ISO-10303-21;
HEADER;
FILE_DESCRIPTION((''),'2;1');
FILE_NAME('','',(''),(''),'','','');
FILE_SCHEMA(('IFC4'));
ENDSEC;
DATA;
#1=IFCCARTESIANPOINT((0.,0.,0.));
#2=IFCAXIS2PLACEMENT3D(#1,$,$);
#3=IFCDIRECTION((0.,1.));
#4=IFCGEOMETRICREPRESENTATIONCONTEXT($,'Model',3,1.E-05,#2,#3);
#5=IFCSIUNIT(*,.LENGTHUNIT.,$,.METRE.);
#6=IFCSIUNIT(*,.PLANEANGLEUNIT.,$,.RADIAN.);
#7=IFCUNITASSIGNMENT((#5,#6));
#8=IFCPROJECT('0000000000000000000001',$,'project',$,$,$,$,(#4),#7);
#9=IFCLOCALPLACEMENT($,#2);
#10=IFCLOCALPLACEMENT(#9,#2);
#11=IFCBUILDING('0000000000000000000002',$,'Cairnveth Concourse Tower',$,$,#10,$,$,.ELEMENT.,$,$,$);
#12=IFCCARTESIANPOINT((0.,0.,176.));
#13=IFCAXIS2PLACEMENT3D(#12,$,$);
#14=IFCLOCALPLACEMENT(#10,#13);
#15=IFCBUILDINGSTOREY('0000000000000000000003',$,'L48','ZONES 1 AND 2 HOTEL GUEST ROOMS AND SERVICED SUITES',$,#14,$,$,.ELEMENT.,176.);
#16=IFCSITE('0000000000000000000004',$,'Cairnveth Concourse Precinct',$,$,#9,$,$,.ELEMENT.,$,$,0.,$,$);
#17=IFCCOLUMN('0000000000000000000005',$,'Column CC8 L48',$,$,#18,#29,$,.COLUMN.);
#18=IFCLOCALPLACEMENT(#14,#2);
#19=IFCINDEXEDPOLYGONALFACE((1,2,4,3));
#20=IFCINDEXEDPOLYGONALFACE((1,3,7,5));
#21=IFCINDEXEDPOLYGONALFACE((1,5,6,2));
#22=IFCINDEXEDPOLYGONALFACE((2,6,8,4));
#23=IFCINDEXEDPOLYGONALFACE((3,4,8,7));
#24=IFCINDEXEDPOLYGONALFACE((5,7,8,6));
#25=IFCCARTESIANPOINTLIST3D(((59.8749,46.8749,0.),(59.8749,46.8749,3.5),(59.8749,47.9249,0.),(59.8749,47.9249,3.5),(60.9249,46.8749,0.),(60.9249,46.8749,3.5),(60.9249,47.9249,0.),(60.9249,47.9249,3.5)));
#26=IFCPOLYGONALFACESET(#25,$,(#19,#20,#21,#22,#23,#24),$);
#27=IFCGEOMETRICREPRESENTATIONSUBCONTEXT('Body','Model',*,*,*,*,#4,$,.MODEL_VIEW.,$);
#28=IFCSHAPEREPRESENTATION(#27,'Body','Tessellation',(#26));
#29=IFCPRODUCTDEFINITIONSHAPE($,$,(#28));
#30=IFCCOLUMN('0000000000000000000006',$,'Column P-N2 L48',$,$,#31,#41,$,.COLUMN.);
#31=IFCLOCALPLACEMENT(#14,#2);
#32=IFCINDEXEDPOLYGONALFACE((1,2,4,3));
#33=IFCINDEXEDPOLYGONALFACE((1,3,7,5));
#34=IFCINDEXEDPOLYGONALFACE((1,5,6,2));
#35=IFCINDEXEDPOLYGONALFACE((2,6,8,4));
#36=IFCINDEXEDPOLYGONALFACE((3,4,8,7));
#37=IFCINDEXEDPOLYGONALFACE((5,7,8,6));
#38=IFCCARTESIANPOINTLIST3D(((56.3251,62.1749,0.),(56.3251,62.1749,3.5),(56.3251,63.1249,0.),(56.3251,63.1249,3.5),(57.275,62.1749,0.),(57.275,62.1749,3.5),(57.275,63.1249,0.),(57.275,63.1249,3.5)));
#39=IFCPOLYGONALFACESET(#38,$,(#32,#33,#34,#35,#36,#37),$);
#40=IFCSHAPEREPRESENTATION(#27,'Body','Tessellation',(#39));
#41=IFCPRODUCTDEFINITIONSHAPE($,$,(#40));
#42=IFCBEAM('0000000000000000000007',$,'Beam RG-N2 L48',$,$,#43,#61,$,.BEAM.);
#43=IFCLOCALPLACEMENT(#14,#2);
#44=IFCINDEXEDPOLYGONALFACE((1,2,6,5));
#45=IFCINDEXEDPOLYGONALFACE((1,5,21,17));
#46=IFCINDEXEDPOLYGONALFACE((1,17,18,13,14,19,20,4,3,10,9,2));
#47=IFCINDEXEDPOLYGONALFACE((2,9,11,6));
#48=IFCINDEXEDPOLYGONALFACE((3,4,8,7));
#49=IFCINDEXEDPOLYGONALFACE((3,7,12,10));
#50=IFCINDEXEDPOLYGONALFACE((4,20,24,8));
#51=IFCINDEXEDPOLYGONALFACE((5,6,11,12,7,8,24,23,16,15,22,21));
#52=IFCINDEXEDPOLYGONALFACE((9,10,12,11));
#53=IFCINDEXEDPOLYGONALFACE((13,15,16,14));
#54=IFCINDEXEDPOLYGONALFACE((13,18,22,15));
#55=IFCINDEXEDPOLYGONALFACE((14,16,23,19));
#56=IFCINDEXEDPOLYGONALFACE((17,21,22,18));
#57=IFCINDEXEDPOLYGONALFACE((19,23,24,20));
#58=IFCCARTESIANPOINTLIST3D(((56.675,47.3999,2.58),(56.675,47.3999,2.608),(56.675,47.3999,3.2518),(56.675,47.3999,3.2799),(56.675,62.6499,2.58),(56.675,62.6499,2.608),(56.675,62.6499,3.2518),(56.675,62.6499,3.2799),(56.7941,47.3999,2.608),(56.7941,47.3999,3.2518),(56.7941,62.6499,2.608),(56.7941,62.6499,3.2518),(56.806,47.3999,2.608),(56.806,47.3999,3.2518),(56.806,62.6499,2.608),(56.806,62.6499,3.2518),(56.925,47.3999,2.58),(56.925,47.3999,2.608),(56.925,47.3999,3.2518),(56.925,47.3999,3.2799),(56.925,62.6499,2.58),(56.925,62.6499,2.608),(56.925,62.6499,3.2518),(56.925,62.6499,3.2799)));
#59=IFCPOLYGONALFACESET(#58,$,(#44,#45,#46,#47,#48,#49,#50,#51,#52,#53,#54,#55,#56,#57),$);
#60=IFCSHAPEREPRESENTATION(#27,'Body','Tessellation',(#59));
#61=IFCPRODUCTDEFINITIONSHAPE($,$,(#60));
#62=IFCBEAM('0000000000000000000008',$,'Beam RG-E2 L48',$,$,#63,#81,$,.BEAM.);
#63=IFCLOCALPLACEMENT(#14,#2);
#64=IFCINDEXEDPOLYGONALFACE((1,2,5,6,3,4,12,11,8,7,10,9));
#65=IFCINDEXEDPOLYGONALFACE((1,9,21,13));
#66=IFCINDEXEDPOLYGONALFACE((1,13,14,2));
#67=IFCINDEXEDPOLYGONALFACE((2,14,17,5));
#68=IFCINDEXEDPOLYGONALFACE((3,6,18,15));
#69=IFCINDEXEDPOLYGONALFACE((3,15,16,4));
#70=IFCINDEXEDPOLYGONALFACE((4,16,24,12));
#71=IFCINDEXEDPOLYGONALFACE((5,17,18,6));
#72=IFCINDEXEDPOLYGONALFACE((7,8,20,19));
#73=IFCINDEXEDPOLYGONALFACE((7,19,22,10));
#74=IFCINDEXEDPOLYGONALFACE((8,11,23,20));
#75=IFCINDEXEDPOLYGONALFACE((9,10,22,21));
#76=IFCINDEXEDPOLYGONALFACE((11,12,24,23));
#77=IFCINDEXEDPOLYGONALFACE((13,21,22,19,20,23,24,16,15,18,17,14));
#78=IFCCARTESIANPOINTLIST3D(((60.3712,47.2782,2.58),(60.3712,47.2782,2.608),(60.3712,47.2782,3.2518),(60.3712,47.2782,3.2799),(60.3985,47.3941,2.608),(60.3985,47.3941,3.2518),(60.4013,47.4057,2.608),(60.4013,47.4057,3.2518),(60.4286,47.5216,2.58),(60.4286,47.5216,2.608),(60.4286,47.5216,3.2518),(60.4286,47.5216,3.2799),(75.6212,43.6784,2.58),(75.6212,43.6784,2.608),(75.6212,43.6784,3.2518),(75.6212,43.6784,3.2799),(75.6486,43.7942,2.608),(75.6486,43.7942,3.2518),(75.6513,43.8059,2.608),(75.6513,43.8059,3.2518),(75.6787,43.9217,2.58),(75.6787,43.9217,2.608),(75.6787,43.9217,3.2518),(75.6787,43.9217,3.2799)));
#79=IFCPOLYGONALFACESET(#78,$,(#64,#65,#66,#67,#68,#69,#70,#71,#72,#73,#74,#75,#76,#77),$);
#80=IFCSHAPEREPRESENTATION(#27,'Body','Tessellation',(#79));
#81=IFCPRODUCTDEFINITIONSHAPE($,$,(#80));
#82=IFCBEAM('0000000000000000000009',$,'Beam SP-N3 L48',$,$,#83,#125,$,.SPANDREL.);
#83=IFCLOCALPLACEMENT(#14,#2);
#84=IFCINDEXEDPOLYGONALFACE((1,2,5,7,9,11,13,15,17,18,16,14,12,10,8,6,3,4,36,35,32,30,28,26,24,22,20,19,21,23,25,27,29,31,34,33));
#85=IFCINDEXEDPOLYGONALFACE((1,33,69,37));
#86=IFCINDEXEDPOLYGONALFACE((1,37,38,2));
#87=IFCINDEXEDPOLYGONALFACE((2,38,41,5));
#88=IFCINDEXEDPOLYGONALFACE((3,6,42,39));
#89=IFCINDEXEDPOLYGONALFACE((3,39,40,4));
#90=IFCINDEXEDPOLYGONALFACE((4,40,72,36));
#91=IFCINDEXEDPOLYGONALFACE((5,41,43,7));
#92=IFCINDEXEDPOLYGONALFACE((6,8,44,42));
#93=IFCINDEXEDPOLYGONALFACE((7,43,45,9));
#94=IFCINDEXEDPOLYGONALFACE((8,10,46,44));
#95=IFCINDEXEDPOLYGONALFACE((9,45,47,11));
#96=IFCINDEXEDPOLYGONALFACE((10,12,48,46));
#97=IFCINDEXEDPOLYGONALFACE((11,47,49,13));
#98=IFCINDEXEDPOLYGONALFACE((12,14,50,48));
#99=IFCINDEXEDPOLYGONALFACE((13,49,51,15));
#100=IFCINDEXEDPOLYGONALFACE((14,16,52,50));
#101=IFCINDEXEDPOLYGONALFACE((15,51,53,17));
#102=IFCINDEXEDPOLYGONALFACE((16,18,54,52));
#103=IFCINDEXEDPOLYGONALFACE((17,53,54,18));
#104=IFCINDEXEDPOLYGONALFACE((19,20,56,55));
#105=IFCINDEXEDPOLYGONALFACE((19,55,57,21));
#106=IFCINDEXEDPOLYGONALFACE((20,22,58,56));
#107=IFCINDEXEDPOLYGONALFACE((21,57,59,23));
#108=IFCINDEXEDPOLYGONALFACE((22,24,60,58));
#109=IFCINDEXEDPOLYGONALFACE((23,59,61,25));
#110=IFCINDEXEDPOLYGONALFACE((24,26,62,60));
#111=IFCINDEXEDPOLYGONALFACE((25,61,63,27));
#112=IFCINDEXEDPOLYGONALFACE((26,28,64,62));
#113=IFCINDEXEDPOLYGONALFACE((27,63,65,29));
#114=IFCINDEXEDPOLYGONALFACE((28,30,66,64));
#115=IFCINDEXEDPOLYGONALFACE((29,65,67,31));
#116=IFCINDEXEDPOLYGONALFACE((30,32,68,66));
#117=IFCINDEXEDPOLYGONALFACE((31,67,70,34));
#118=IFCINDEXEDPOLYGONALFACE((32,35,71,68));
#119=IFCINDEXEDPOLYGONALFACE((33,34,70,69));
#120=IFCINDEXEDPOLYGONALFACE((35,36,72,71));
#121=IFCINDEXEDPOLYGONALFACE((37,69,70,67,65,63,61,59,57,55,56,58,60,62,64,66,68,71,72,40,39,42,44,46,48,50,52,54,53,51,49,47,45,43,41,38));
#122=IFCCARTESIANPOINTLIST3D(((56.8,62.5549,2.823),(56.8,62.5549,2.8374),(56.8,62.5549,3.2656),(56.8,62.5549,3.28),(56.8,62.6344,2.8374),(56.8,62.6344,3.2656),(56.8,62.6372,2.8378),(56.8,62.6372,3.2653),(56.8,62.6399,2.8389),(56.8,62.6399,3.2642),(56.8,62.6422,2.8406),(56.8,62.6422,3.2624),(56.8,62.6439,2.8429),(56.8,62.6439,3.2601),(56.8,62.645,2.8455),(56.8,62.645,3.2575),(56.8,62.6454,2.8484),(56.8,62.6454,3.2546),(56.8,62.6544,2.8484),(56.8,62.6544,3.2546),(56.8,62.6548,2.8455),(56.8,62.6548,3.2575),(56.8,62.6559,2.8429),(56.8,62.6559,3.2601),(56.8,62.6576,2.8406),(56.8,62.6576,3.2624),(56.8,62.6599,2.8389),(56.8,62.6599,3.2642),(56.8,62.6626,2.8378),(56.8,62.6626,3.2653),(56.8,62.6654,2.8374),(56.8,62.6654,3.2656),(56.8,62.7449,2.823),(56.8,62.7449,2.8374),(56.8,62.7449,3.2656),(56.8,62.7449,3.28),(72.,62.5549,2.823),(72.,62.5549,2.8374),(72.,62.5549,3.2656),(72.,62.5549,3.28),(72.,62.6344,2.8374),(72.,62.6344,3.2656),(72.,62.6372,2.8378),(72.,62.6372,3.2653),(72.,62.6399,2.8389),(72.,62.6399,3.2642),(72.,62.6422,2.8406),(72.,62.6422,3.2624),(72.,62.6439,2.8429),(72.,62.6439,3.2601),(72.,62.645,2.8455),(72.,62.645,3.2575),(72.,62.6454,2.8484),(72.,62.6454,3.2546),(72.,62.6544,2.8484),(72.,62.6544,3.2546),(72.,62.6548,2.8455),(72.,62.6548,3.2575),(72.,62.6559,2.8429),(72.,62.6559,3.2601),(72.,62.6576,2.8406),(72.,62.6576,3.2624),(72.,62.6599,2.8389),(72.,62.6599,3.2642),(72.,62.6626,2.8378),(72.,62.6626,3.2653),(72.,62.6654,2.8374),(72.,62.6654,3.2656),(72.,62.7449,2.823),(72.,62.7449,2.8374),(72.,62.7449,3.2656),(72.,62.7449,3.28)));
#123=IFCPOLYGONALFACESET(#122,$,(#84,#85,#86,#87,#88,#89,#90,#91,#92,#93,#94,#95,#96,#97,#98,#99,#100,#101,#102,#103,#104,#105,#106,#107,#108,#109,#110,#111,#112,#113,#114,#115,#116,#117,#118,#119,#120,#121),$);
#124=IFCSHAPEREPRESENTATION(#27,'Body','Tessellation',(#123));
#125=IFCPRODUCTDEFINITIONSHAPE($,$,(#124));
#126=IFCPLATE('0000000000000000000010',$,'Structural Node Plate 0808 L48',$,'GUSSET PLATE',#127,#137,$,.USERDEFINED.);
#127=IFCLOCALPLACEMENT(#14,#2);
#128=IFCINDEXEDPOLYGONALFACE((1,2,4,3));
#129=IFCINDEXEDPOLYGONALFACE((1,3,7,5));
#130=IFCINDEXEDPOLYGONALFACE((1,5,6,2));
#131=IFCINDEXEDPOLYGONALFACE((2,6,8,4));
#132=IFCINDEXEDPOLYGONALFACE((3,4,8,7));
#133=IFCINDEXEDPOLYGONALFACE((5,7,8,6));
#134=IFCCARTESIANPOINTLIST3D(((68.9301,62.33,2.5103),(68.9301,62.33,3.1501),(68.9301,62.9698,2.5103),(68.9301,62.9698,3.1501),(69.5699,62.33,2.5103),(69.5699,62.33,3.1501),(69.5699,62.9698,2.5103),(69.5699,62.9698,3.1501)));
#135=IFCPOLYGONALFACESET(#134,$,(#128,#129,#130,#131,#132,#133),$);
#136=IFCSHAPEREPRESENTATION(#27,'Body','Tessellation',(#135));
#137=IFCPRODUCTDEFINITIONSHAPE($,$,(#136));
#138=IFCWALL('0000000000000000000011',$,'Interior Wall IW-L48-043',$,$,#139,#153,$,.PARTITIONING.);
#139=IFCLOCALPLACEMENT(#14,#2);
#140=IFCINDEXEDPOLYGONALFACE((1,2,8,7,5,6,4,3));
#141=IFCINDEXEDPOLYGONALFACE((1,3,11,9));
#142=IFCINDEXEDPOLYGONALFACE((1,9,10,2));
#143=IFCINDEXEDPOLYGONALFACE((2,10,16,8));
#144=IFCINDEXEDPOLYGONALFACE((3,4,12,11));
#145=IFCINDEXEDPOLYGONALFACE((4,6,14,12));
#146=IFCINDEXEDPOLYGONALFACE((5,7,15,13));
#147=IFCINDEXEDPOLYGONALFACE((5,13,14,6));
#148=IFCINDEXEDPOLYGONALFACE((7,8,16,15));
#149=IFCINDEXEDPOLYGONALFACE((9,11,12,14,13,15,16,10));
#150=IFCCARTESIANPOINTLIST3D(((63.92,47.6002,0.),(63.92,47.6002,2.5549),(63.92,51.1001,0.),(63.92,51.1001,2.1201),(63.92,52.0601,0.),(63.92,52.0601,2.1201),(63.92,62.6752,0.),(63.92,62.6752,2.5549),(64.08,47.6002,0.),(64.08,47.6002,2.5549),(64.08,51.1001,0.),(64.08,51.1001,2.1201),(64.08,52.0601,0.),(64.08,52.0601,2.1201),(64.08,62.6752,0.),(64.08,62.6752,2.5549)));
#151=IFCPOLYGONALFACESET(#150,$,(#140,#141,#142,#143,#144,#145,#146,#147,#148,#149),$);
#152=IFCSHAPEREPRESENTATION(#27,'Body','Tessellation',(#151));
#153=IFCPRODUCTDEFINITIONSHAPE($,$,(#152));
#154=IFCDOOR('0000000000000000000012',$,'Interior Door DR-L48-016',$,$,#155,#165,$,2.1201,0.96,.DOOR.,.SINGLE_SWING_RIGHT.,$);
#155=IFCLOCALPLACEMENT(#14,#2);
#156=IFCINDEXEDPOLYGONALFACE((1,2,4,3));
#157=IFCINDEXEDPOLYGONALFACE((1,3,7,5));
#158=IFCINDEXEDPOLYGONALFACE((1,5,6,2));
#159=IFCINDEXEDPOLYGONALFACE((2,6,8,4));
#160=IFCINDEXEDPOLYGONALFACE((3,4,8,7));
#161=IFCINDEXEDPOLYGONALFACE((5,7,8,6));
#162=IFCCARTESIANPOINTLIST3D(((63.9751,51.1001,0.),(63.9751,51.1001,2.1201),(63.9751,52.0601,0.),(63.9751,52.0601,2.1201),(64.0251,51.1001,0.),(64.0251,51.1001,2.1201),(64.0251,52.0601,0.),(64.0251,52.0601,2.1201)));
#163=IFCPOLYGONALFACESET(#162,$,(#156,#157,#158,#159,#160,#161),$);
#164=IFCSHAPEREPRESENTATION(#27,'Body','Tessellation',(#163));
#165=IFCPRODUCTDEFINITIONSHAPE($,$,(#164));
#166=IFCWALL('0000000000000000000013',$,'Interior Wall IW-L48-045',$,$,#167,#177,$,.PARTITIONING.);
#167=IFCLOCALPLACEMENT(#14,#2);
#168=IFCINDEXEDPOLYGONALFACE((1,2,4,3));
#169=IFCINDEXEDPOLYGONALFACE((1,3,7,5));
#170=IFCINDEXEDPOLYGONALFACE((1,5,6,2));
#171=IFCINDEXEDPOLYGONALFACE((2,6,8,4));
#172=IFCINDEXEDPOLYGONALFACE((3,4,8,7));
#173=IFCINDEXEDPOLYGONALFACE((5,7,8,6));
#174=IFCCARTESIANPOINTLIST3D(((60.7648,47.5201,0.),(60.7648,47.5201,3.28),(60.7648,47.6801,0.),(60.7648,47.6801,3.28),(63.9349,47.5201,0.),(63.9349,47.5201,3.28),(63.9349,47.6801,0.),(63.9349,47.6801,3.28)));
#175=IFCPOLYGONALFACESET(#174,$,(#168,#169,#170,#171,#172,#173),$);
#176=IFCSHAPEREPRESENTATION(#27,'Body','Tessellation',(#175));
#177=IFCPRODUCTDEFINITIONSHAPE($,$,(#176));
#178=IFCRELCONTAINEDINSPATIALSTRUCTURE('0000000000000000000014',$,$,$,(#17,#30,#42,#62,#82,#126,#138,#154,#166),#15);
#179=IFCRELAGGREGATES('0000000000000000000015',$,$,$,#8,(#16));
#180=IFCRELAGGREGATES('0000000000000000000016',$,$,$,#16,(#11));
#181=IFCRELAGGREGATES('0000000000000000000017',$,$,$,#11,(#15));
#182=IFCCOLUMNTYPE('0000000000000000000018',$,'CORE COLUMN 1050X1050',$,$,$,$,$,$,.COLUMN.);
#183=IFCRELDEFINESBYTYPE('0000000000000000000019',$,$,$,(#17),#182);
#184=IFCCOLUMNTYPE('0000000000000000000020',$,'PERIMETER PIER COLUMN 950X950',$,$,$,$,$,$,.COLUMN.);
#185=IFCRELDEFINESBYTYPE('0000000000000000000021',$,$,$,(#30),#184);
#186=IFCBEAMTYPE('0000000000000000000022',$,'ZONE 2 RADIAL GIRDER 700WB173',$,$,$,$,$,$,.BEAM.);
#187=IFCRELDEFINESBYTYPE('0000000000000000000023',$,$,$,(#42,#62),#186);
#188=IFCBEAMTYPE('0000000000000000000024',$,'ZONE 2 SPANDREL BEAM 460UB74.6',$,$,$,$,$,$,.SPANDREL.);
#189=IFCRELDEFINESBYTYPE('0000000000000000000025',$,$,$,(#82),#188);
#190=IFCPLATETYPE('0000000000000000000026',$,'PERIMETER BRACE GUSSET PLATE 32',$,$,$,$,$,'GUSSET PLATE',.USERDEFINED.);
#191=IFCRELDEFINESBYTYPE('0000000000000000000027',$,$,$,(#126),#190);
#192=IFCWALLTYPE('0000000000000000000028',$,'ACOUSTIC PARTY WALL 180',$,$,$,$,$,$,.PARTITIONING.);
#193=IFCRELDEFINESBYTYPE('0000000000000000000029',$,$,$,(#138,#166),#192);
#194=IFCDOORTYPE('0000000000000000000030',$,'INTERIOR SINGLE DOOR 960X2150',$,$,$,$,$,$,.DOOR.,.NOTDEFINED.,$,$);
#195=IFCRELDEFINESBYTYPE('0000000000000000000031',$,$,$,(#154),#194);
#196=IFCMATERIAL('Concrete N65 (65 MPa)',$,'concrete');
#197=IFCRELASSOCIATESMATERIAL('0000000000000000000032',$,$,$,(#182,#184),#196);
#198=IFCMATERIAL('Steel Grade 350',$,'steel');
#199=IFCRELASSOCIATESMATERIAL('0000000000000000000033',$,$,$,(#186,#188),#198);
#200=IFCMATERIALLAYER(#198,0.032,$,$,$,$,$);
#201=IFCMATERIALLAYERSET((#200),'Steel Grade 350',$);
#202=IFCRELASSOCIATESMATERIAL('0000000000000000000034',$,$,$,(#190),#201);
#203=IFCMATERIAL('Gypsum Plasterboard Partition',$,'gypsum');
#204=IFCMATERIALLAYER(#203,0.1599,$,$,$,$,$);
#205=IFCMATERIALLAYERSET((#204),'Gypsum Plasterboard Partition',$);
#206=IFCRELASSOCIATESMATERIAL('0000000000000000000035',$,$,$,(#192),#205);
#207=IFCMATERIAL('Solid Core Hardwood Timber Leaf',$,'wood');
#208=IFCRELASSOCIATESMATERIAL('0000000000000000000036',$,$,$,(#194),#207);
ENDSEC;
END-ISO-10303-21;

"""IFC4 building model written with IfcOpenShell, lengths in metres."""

from ifc_helpers import new_model, si_unit, direction, frame, frame_2d, origin, origin_2d, place, context, subcontext, project, spatial, rectangle, i_section, extrude, material, layer, layer_set, material_profile, profile_set, type_object, element, fill, save


model = new_model("IFC4")

# Units and contexts
model_context = context("Model", 3, precision=1e-05, world=origin(), true_north=direction((0.0, 1.0)))
body_context = subcontext(model_context, "Body", "Model", "MODEL_VIEW")
ifc_project = project(units=[si_unit("LENGTHUNIT", "METRE"), si_unit("PLANEANGLEUNIT", "RADIAN")], contexts=[model_context])

# Site, building, storey
site_placement = place(None, origin())
site = spatial("IfcSite", under=ifc_project, at=site_placement, Name="Cairnveth Concourse Precinct", CompositionType="ELEMENT", RefElevation=0.0)
building_placement = place(site_placement, origin())
building = spatial("IfcBuilding", under=site, at=building_placement, Name="Cairnveth Concourse Tower", CompositionType="ELEMENT")
storey_placement = place(building_placement, frame((0.0, 0.0, 176.0)))
storey = spatial("IfcBuildingStorey", under=building, at=storey_placement, Name="L48", Description="ZONES 1 AND 2 HOTEL GUEST ROOMS AND SERVICED SUITES", CompositionType="ELEMENT", Elevation=176.0)

# Columns
ifc_material_1 = material(Name="Concrete N65 (65 MPa)", Category="concrete")
ifc_material_profile_1 = material_profile(ifc_material_1, rectangle(XDim=1.05, YDim=1.05, at=origin_2d()), Name="RC-COL-1050x1050")
ifc_profile_set_1 = profile_set([ifc_material_profile_1], Name="Concrete N65 (65 MPa)")
column_type_1 = type_object("IfcColumnType", Name="CORE COLUMN 1050X1050", PredefinedType="COLUMN", material=ifc_profile_set_1)
column_1_placement = place(storey_placement, frame((60.3999, 47.3999, 0.0), z_axis=(0.0, 0.0, 1.0), x_axis=(1.0, 0.0, 0.0)))
element("IfcColumn", 1, at=column_1_placement, inside=storey, type_object=column_type_1, Name="Column CC8 L48", PredefinedType="COLUMN", context=body_context, shape_type="SweptSolid", body=[
    extrude(rectangle(XDim=1.05, YDim=1.05, at=origin_2d()), origin(), (0.0, 0.0, 1.0), 3.5),
])
ifc_material_profile_2 = material_profile(ifc_material_1, rectangle(XDim=0.95, YDim=0.95, at=origin_2d()), Name="RC-COL-950x950")
ifc_profile_set_2 = profile_set([ifc_material_profile_2], Name="Concrete N65 (65 MPa)")
column_type_2 = type_object("IfcColumnType", Name="PERIMETER PIER COLUMN 950X950", PredefinedType="COLUMN", material=ifc_profile_set_2)
column_2_placement = place(storey_placement, frame((56.8, 62.6499, 0.0), z_axis=(0.0, 0.0, 1.0), x_axis=(1.0, 0.0, 0.0)))
element("IfcColumn", 2, at=column_2_placement, inside=storey, type_object=column_type_2, Name="Column P-N2 L48", PredefinedType="COLUMN", context=body_context, shape_type="SweptSolid", body=[
    extrude(rectangle(XDim=0.95, YDim=0.95, at=origin_2d()), origin(), (0.0, 0.0, 1.0), 3.5),
])

# Beams
ifc_material_2 = material(Name="Steel Grade 350", Category="steel")
ifc_material_profile_3 = material_profile(ifc_material_2, i_section(OverallWidth=0.25, OverallDepth=0.7, WebThickness=0.012, FlangeThickness=0.0281, at=origin_2d()), Name="700WB173")
ifc_profile_set_3 = profile_set([ifc_material_profile_3], Name="Steel Grade 350")
beam_type_1 = type_object("IfcBeamType", Name="ZONE 2 RADIAL GIRDER 700WB173", PredefinedType="BEAM", material=ifc_profile_set_3)
beam_1_placement = place(storey_placement, frame((56.8, 47.3999, 2.9299), z_axis=(0.0, 1.0, 0.0), x_axis=(-1.0, 0.0, 0.0)))
element("IfcBeam", 3, at=beam_1_placement, inside=storey, type_object=beam_type_1, Name="Beam RG-N2 L48", PredefinedType="BEAM", context=body_context, shape_type="SweptSolid", body=[
    extrude(i_section(OverallWidth=0.25, OverallDepth=0.7, WebThickness=0.012, FlangeThickness=0.0281, at=origin_2d()), origin(), (0.0, 0.0, 1.0), 15.25),
])
beam_2_placement = place(storey_placement, frame((60.3999, 47.3999, 2.9299), z_axis=(0.973252, -0.229742, 0.0), x_axis=(0.229742, 0.973252, 0.0)))
element("IfcBeam", 4, at=beam_2_placement, inside=storey, type_object=beam_type_1, Name="Beam RG-E2 L48", PredefinedType="BEAM", context=body_context, shape_type="SweptSolid", body=[
    extrude(i_section(OverallWidth=0.25, OverallDepth=0.7, WebThickness=0.012, FlangeThickness=0.0281, at=origin_2d()), origin(), (0.0, 0.0, 1.0), 15.6692),
])
ifc_material_profile_4 = material_profile(ifc_material_2, i_section(OverallWidth=0.1899, OverallDepth=0.457, WebThickness=0.009, FlangeThickness=0.0144, FilletRadius=0.011, at=origin_2d()), Name="460UB74.6")
ifc_profile_set_4 = profile_set([ifc_material_profile_4], Name="Steel Grade 350")
beam_type_2 = type_object("IfcBeamType", Name="ZONE 2 SPANDREL BEAM 460UB74.6", PredefinedType="SPANDREL", material=ifc_profile_set_4)
beam_3_placement = place(storey_placement, frame((56.8, 62.6499, 3.0515), z_axis=(1.0, 0.0, 0.0), x_axis=(0.0, 1.0, 0.0)))
element("IfcBeam", 5, at=beam_3_placement, inside=storey, type_object=beam_type_2, Name="Beam SP-N3 L48", PredefinedType="SPANDREL", context=body_context, shape_type="SweptSolid", body=[
    extrude(i_section(OverallWidth=0.1899, OverallDepth=0.457, WebThickness=0.009, FlangeThickness=0.0144, FilletRadius=0.011, at=origin_2d()), origin(), (0.0, 0.0, 1.0), 15.2),
])

# Plate
ifc_layer_1 = layer(ifc_material_2, 0.032)
ifc_layer_set_1 = layer_set([ifc_layer_1], Name="Steel Grade 350")
plate_type = type_object("IfcPlateType", Name="PERIMETER BRACE GUSSET PLATE 32", ElementType="GUSSET PLATE", PredefinedType="USERDEFINED", material=ifc_layer_set_1)
plate_placement = place(storey_placement, frame((69.25, 62.6499, 2.5103), z_axis=(0.0, 0.0, 1.0), x_axis=(1.0, 0.0, 0.0)))
element("IfcPlate", 6, at=plate_placement, inside=storey, type_object=plate_type, Name="Structural Node Plate 0808 L48", ObjectType="GUSSET PLATE", PredefinedType="USERDEFINED", context=body_context, shape_type="SweptSolid", body=[
    extrude(rectangle(XDim=0.6399, YDim=0.6399, at=origin_2d()), origin(), (0.0, 0.0, 1.0), 0.6399),
])

# Wall, opening, door
ifc_material_3 = material(Name="Gypsum Plasterboard Partition", Category="gypsum")
ifc_layer_2 = layer(ifc_material_3, 0.1599)
ifc_layer_set_2 = layer_set([ifc_layer_2], Name="Gypsum Plasterboard Partition")
wall_type_1 = type_object("IfcWallType", Name="ACOUSTIC PARTY WALL 180", PredefinedType="PARTITIONING", material=ifc_layer_set_2)
wall_1_placement = place(storey_placement, frame((64.0, 47.6001, 0.0), z_axis=(0.0, 0.0, 1.0), x_axis=(0.0, 1.0, 0.0)))
wall_1 = element("IfcWall", 7, at=wall_1_placement, inside=storey, type_object=wall_type_1, Name="Interior Wall IW-L48-043", PredefinedType="PARTITIONING", context=body_context, shape_type="SweptSolid", body=[
    extrude(rectangle(XDim=15.075, YDim=0.1599, at=frame_2d((7.5376, 0.0))), origin(), (0.0, 0.0, 1.0), 2.5549),
])
opening_1_placement = place(wall_1_placement, frame((3.5, 0.0, 0.0)))
opening_1 = element("IfcOpeningElement", 8, at=opening_1_placement, cuts=wall_1, PredefinedType="OPENING", context=body_context, shape_type="SweptSolid", body=[
    extrude(rectangle(XDim=0.96, YDim=2.1201, at=frame_2d((0.48, 1.0601))), frame((0.0, 0.0898, 0.0), z_axis=(0.0, -1.0, 0.0), x_axis=(1.0, 0.0, 0.0)), (0.0, 0.0, 1.0), 0.1799),
])
ifc_material_4 = material(Name="Solid Core Hardwood Timber Leaf", Category="wood")
door_type_1 = type_object("IfcDoorType", Name="INTERIOR SINGLE DOOR 960X2150", OperationType="NOTDEFINED", PredefinedType="DOOR", material=ifc_material_4)
door_1_placement = place(opening_1_placement, origin())
door_1 = element("IfcDoor", 9, at=door_1_placement, inside=storey, type_object=door_type_1, Name="Interior Door DR-L48-016", OperationType="SINGLE_SWING_RIGHT", OverallHeight=2.1201, OverallWidth=0.96, PredefinedType="DOOR", context=body_context, shape_type="SweptSolid", body=[
    extrude(rectangle(XDim=0.96, YDim=2.1201, at=frame_2d((0.48, 1.0601))), frame((0.0, 0.0249, 0.0), z_axis=(0.0, -1.0, 0.0), x_axis=(1.0, 0.0, 0.0)), (0.0, 0.0, 1.0), 0.05),
])
fill(opening_1, door_1)

# Wall
wall_2_placement = place(storey_placement, frame((60.7649, 47.6001, 0.0), z_axis=(0.0, 0.0, 1.0), x_axis=(1.0, 0.0, 0.0)))
element("IfcWall", 10, at=wall_2_placement, inside=storey, type_object=wall_type_1, Name="Interior Wall IW-L48-045", PredefinedType="PARTITIONING", context=body_context, shape_type="SweptSolid", body=[
    extrude(rectangle(XDim=3.1702, YDim=0.1599, at=frame_2d((1.585, 0.0))), origin(), (0.0, 0.0, 1.0), 3.28),
])

save(model, "model.ifc")
